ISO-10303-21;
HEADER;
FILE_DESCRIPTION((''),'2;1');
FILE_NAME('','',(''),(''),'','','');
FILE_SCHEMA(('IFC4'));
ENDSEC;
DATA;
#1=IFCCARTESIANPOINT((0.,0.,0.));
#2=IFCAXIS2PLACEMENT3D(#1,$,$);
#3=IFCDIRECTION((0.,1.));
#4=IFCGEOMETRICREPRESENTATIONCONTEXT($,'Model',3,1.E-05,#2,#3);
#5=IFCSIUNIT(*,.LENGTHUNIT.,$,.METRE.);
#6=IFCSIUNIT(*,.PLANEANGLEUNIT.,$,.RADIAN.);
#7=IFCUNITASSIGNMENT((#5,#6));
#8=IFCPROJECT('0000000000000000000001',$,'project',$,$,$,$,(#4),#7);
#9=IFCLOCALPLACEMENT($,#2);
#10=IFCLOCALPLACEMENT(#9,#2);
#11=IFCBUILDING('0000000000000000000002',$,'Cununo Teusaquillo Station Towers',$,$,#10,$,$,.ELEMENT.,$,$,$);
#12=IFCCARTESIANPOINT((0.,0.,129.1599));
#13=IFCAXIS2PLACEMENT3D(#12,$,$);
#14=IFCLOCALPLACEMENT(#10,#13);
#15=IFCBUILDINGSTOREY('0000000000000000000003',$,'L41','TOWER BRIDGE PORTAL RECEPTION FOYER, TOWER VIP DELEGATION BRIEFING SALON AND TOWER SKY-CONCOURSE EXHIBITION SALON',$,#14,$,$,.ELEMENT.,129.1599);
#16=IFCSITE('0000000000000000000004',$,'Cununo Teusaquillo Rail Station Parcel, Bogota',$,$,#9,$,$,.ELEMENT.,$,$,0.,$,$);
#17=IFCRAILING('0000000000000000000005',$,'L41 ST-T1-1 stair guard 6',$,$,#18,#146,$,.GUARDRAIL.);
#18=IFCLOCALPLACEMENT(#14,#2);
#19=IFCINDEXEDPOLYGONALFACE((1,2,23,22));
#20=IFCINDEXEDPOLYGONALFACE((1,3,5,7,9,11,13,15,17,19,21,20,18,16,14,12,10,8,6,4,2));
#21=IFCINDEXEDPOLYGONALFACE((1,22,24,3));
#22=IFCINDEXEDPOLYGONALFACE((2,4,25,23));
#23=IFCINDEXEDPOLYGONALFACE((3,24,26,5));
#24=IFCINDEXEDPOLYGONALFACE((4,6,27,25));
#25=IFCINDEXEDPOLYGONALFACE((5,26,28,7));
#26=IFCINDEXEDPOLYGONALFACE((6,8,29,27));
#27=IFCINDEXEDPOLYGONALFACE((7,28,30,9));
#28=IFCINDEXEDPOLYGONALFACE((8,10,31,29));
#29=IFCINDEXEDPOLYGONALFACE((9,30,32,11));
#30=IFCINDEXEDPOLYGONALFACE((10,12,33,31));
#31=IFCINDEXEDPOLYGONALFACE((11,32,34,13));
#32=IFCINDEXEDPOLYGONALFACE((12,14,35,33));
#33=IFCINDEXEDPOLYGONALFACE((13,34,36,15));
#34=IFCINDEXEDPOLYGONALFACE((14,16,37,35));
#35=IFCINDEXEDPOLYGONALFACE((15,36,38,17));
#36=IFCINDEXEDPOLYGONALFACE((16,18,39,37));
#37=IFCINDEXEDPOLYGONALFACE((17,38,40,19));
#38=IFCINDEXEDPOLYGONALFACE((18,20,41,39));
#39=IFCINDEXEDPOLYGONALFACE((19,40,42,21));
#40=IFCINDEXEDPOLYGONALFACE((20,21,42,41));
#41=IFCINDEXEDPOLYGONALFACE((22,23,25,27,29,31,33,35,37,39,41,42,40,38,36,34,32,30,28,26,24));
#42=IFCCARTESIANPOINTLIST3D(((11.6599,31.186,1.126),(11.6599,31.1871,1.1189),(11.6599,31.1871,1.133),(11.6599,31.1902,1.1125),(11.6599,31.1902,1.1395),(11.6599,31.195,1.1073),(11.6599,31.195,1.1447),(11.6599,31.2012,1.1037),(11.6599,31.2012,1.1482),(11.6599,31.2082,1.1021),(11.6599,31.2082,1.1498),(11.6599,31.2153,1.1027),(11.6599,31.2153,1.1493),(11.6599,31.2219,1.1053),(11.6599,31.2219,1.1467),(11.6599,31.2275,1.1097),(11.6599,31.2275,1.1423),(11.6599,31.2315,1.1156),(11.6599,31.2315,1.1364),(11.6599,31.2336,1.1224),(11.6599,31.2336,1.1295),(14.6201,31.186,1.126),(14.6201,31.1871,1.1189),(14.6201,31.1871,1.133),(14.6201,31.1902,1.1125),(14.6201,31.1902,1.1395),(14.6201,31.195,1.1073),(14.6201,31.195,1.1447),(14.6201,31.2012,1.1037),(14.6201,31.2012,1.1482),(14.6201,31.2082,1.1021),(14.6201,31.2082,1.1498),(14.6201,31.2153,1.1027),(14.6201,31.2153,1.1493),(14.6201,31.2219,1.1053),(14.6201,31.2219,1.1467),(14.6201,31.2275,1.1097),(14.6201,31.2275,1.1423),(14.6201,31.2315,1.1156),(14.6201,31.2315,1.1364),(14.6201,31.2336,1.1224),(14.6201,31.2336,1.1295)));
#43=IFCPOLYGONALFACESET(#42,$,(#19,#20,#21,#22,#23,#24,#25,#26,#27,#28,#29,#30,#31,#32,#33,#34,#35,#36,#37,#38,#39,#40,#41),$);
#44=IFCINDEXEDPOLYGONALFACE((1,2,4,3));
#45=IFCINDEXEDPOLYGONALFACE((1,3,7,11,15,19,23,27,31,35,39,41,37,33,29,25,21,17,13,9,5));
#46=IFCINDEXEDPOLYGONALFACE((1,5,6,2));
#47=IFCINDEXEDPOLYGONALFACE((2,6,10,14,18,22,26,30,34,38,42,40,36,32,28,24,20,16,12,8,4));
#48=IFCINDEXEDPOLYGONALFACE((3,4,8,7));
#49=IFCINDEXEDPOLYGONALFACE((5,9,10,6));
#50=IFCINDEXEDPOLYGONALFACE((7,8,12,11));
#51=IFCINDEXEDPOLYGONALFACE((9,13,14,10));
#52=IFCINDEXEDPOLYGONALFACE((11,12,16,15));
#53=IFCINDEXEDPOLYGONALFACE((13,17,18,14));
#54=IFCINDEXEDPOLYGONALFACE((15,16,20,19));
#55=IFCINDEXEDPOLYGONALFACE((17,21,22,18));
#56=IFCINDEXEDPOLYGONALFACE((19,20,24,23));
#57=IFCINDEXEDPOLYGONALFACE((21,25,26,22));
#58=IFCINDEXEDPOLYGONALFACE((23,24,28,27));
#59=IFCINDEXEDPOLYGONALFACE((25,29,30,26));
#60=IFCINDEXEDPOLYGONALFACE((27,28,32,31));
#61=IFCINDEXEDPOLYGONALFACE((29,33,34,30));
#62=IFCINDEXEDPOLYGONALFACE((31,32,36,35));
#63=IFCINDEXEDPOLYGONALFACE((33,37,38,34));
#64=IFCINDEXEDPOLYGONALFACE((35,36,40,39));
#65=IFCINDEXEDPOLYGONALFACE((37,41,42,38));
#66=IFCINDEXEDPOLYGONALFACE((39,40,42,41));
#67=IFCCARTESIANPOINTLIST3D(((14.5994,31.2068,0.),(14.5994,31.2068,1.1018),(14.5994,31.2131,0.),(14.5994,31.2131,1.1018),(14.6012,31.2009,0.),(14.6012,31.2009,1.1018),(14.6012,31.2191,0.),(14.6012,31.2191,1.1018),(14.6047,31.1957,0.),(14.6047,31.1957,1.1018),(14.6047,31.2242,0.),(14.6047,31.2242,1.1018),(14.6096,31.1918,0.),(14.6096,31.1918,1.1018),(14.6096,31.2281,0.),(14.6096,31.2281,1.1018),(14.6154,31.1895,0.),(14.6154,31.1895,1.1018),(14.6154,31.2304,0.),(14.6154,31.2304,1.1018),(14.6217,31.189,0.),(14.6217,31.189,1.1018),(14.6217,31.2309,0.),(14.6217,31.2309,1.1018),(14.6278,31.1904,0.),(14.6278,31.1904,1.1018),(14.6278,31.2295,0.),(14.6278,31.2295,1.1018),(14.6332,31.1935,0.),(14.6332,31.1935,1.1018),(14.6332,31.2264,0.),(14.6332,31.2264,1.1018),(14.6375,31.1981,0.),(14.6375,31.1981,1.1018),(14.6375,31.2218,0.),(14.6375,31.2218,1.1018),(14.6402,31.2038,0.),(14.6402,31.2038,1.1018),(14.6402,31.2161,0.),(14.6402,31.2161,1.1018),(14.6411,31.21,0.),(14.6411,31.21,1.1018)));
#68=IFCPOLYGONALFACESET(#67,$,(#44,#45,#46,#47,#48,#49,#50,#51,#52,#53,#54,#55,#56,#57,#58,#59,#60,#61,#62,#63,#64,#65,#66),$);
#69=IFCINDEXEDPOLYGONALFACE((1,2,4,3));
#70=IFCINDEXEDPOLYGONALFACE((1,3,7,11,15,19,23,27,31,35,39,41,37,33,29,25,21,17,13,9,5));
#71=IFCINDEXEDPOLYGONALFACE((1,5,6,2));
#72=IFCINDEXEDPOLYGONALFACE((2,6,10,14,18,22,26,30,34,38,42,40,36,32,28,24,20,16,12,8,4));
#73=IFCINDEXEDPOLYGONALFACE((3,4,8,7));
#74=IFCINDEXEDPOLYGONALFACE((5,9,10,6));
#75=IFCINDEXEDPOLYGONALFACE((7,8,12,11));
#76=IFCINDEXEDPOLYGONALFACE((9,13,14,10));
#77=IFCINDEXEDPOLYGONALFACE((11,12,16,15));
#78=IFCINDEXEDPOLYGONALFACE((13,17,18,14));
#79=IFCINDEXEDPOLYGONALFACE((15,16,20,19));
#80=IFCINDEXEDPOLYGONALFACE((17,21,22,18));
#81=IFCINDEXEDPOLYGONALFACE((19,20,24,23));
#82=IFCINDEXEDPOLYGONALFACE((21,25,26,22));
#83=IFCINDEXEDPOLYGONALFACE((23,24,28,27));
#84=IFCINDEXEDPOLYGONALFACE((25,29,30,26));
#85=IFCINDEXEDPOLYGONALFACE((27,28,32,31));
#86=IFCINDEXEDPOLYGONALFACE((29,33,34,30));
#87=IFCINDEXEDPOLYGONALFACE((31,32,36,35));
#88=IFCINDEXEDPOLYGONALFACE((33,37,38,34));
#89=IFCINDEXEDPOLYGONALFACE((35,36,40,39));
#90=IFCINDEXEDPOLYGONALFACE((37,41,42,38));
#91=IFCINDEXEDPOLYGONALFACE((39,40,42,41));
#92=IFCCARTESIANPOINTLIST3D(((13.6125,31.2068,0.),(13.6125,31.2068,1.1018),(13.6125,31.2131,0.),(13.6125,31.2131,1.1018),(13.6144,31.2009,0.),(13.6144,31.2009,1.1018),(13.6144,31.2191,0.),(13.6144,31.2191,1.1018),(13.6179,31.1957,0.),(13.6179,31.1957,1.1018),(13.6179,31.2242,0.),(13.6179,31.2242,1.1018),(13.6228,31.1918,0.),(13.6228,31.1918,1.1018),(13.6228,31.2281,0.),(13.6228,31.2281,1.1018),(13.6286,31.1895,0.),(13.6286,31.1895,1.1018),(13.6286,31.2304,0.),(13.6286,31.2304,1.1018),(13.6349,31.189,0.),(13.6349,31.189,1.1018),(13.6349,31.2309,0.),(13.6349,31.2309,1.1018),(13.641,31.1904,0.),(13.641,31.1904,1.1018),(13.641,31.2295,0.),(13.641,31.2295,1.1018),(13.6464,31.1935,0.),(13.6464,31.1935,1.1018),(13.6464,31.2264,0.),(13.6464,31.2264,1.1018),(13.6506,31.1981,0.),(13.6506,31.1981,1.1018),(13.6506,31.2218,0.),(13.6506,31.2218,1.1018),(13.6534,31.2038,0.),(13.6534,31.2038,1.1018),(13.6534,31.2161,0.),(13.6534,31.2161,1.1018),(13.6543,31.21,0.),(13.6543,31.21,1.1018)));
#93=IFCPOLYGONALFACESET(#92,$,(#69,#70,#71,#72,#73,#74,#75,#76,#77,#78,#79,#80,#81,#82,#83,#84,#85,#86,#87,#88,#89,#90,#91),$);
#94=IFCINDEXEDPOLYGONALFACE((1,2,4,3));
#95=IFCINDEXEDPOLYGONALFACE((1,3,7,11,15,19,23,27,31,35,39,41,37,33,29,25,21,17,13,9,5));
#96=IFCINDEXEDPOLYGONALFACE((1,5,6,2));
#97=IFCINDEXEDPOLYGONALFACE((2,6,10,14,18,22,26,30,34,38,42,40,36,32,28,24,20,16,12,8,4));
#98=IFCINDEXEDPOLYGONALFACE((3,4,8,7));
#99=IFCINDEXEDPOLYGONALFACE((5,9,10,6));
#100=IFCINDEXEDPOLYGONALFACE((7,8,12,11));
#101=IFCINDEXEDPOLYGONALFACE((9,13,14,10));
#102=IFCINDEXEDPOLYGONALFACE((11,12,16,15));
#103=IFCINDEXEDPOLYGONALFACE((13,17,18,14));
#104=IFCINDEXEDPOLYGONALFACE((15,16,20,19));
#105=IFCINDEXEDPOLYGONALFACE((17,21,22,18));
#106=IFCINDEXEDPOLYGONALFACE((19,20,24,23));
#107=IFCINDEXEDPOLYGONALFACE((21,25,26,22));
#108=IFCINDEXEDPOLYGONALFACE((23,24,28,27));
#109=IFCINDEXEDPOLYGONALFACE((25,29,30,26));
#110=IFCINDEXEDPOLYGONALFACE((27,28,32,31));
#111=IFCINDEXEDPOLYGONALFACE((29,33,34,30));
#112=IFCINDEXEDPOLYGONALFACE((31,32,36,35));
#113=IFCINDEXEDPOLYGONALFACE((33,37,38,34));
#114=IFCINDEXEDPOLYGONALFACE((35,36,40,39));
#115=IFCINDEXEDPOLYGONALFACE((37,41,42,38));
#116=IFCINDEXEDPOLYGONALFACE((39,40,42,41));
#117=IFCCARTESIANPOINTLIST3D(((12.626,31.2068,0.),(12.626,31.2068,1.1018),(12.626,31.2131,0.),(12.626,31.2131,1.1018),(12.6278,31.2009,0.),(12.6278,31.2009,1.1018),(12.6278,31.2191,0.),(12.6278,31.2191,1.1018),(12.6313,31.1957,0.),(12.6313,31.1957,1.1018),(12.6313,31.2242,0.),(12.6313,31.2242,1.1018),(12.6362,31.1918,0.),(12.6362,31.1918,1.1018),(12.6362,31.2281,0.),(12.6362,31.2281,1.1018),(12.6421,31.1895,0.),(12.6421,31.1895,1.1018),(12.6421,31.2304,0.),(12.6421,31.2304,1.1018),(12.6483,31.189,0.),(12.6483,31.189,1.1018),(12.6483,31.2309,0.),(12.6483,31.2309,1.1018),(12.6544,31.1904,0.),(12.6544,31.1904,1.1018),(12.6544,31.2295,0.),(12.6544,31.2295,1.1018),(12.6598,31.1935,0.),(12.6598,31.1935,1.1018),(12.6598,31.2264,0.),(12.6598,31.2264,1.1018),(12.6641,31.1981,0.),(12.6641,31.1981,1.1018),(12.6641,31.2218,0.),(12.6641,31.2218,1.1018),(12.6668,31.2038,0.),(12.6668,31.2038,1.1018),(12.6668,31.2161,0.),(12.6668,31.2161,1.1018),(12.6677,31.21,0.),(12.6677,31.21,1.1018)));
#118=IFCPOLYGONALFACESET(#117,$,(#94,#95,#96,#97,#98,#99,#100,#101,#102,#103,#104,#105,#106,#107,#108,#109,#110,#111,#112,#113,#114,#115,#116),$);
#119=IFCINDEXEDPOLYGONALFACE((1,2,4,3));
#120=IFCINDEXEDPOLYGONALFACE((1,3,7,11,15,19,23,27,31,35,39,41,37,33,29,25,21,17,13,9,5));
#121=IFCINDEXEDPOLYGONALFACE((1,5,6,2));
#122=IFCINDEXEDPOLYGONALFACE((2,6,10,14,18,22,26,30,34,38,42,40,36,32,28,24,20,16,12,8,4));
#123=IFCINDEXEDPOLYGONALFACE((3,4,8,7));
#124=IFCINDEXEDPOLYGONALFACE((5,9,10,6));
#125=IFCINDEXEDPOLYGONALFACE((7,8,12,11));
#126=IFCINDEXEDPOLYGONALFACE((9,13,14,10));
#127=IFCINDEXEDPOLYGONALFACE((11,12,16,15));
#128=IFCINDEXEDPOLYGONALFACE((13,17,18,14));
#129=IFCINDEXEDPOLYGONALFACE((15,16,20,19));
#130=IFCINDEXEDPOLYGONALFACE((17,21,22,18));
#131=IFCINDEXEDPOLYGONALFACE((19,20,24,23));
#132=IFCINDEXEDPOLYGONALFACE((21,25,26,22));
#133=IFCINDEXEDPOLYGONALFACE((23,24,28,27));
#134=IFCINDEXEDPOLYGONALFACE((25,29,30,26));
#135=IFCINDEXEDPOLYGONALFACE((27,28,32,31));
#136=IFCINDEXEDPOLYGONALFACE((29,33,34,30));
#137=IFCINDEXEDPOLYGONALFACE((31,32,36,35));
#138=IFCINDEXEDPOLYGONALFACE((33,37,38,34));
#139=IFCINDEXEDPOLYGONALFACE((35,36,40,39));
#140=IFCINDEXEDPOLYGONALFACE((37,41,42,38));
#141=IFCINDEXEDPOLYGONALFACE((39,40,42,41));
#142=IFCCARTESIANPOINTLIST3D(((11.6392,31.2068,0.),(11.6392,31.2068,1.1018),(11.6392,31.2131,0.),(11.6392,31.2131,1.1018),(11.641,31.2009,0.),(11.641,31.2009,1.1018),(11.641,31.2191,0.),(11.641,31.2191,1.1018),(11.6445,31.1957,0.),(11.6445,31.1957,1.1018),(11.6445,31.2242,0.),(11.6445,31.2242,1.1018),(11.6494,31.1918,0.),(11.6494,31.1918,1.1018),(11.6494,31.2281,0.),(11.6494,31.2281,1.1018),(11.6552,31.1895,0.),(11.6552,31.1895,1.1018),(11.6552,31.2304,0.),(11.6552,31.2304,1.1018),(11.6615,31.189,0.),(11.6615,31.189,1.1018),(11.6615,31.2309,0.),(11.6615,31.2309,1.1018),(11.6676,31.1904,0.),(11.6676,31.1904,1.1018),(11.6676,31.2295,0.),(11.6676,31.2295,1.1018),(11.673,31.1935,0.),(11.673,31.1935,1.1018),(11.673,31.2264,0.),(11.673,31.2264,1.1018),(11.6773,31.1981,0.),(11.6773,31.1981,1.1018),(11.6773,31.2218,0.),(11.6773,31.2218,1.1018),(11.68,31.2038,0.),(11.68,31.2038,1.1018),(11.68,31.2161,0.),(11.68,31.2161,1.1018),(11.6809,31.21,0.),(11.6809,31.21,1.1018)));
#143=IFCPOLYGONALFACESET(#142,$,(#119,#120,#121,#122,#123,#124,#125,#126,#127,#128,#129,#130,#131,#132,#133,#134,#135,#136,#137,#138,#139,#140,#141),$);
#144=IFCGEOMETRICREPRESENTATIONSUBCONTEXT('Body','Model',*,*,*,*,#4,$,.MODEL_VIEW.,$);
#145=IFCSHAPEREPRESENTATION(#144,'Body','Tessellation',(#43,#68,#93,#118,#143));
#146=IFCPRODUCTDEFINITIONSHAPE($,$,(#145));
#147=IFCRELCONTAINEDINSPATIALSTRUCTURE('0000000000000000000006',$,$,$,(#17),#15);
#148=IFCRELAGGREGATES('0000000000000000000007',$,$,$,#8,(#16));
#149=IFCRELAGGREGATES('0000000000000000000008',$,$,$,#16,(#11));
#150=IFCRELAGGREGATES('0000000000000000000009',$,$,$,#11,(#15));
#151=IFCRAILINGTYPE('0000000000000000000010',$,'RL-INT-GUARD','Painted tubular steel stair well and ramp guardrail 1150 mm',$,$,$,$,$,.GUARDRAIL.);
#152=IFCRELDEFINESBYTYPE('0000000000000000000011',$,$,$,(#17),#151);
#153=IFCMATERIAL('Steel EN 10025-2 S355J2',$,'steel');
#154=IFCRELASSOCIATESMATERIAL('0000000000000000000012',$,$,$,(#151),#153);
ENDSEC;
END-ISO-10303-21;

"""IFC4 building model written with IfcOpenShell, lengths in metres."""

from ifc_helpers import new_model, si_unit, direction, frame, origin, origin_2d, place, context, subcontext, project, spatial, circle, extrude, material, type_object, element, save


model = new_model("IFC4")

# Units and contexts
model_context = context("Model", 3, precision=1e-05, world=origin(), true_north=direction((0.0, 1.0)))
body_context = subcontext(model_context, "Body", "Model", "MODEL_VIEW")
ifc_project = project(units=[si_unit("LENGTHUNIT", "METRE"), si_unit("PLANEANGLEUNIT", "RADIAN")], contexts=[model_context])

# Site, building, storey
site_placement = place(None, origin())
site = spatial("IfcSite", under=ifc_project, at=site_placement, Name="Cununo Teusaquillo Rail Station Parcel, Bogota", CompositionType="ELEMENT", RefElevation=0.0)
building_placement = place(site_placement, origin())
building = spatial("IfcBuilding", under=site, at=building_placement, Name="Cununo Teusaquillo Station Towers", CompositionType="ELEMENT")
storey_placement = place(building_placement, frame((0.0, 0.0, 129.1599)))
storey = spatial("IfcBuildingStorey", under=building, at=storey_placement, Name="L41", Description="TOWER BRIDGE PORTAL RECEPTION FOYER, TOWER VIP DELEGATION BRIEFING SALON AND TOWER SKY-CONCOURSE EXHIBITION SALON", CompositionType="ELEMENT", Elevation=129.1599)

# Railing
ifc_material_1 = material(Name="Steel EN 10025-2 S355J2", Category="steel")
railing_type = type_object("IfcRailingType", Name="RL-INT-GUARD", Description="Painted tubular steel stair well and ramp guardrail 1150 mm", PredefinedType="GUARDRAIL", material=ifc_material_1)
railing_1_placement = place(storey_placement, frame((14.6201, 31.21, 0.0)))
element("IfcRailing", 1, at=railing_1_placement, inside=storey, type_object=railing_type, Name="L41 ST-T1-1 stair guard 6", PredefinedType="GUARDRAIL", context=body_context, shape_type="SweptSolid", body=[
    extrude(circle(Radius=0.0239, at=origin_2d()), frame((0.0, 0.0, 1.126), z_axis=(-1.0, 0.0, 0.0), x_axis=(0.0, -1.0, 0.0)), (0.0, 0.0, 1.0), 2.9602),
    extrude(circle(Radius=0.021, at=origin_2d()), origin(), (0.0, 0.0, 1.0), 1.1018),
    extrude(circle(Radius=0.021, at=origin_2d()), frame((-0.9868, 0.0, 0.0)), (0.0, 0.0, 1.0), 1.1018),
    extrude(circle(Radius=0.021, at=origin_2d()), frame((-1.9734, 0.0, 0.0)), (0.0, 0.0, 1.0), 1.1018),
    extrude(circle(Radius=0.021, at=origin_2d()), frame((-2.9602, 0.0, 0.0)), (0.0, 0.0, 1.0), 1.1018),
])

save(model, "model.ifc")
